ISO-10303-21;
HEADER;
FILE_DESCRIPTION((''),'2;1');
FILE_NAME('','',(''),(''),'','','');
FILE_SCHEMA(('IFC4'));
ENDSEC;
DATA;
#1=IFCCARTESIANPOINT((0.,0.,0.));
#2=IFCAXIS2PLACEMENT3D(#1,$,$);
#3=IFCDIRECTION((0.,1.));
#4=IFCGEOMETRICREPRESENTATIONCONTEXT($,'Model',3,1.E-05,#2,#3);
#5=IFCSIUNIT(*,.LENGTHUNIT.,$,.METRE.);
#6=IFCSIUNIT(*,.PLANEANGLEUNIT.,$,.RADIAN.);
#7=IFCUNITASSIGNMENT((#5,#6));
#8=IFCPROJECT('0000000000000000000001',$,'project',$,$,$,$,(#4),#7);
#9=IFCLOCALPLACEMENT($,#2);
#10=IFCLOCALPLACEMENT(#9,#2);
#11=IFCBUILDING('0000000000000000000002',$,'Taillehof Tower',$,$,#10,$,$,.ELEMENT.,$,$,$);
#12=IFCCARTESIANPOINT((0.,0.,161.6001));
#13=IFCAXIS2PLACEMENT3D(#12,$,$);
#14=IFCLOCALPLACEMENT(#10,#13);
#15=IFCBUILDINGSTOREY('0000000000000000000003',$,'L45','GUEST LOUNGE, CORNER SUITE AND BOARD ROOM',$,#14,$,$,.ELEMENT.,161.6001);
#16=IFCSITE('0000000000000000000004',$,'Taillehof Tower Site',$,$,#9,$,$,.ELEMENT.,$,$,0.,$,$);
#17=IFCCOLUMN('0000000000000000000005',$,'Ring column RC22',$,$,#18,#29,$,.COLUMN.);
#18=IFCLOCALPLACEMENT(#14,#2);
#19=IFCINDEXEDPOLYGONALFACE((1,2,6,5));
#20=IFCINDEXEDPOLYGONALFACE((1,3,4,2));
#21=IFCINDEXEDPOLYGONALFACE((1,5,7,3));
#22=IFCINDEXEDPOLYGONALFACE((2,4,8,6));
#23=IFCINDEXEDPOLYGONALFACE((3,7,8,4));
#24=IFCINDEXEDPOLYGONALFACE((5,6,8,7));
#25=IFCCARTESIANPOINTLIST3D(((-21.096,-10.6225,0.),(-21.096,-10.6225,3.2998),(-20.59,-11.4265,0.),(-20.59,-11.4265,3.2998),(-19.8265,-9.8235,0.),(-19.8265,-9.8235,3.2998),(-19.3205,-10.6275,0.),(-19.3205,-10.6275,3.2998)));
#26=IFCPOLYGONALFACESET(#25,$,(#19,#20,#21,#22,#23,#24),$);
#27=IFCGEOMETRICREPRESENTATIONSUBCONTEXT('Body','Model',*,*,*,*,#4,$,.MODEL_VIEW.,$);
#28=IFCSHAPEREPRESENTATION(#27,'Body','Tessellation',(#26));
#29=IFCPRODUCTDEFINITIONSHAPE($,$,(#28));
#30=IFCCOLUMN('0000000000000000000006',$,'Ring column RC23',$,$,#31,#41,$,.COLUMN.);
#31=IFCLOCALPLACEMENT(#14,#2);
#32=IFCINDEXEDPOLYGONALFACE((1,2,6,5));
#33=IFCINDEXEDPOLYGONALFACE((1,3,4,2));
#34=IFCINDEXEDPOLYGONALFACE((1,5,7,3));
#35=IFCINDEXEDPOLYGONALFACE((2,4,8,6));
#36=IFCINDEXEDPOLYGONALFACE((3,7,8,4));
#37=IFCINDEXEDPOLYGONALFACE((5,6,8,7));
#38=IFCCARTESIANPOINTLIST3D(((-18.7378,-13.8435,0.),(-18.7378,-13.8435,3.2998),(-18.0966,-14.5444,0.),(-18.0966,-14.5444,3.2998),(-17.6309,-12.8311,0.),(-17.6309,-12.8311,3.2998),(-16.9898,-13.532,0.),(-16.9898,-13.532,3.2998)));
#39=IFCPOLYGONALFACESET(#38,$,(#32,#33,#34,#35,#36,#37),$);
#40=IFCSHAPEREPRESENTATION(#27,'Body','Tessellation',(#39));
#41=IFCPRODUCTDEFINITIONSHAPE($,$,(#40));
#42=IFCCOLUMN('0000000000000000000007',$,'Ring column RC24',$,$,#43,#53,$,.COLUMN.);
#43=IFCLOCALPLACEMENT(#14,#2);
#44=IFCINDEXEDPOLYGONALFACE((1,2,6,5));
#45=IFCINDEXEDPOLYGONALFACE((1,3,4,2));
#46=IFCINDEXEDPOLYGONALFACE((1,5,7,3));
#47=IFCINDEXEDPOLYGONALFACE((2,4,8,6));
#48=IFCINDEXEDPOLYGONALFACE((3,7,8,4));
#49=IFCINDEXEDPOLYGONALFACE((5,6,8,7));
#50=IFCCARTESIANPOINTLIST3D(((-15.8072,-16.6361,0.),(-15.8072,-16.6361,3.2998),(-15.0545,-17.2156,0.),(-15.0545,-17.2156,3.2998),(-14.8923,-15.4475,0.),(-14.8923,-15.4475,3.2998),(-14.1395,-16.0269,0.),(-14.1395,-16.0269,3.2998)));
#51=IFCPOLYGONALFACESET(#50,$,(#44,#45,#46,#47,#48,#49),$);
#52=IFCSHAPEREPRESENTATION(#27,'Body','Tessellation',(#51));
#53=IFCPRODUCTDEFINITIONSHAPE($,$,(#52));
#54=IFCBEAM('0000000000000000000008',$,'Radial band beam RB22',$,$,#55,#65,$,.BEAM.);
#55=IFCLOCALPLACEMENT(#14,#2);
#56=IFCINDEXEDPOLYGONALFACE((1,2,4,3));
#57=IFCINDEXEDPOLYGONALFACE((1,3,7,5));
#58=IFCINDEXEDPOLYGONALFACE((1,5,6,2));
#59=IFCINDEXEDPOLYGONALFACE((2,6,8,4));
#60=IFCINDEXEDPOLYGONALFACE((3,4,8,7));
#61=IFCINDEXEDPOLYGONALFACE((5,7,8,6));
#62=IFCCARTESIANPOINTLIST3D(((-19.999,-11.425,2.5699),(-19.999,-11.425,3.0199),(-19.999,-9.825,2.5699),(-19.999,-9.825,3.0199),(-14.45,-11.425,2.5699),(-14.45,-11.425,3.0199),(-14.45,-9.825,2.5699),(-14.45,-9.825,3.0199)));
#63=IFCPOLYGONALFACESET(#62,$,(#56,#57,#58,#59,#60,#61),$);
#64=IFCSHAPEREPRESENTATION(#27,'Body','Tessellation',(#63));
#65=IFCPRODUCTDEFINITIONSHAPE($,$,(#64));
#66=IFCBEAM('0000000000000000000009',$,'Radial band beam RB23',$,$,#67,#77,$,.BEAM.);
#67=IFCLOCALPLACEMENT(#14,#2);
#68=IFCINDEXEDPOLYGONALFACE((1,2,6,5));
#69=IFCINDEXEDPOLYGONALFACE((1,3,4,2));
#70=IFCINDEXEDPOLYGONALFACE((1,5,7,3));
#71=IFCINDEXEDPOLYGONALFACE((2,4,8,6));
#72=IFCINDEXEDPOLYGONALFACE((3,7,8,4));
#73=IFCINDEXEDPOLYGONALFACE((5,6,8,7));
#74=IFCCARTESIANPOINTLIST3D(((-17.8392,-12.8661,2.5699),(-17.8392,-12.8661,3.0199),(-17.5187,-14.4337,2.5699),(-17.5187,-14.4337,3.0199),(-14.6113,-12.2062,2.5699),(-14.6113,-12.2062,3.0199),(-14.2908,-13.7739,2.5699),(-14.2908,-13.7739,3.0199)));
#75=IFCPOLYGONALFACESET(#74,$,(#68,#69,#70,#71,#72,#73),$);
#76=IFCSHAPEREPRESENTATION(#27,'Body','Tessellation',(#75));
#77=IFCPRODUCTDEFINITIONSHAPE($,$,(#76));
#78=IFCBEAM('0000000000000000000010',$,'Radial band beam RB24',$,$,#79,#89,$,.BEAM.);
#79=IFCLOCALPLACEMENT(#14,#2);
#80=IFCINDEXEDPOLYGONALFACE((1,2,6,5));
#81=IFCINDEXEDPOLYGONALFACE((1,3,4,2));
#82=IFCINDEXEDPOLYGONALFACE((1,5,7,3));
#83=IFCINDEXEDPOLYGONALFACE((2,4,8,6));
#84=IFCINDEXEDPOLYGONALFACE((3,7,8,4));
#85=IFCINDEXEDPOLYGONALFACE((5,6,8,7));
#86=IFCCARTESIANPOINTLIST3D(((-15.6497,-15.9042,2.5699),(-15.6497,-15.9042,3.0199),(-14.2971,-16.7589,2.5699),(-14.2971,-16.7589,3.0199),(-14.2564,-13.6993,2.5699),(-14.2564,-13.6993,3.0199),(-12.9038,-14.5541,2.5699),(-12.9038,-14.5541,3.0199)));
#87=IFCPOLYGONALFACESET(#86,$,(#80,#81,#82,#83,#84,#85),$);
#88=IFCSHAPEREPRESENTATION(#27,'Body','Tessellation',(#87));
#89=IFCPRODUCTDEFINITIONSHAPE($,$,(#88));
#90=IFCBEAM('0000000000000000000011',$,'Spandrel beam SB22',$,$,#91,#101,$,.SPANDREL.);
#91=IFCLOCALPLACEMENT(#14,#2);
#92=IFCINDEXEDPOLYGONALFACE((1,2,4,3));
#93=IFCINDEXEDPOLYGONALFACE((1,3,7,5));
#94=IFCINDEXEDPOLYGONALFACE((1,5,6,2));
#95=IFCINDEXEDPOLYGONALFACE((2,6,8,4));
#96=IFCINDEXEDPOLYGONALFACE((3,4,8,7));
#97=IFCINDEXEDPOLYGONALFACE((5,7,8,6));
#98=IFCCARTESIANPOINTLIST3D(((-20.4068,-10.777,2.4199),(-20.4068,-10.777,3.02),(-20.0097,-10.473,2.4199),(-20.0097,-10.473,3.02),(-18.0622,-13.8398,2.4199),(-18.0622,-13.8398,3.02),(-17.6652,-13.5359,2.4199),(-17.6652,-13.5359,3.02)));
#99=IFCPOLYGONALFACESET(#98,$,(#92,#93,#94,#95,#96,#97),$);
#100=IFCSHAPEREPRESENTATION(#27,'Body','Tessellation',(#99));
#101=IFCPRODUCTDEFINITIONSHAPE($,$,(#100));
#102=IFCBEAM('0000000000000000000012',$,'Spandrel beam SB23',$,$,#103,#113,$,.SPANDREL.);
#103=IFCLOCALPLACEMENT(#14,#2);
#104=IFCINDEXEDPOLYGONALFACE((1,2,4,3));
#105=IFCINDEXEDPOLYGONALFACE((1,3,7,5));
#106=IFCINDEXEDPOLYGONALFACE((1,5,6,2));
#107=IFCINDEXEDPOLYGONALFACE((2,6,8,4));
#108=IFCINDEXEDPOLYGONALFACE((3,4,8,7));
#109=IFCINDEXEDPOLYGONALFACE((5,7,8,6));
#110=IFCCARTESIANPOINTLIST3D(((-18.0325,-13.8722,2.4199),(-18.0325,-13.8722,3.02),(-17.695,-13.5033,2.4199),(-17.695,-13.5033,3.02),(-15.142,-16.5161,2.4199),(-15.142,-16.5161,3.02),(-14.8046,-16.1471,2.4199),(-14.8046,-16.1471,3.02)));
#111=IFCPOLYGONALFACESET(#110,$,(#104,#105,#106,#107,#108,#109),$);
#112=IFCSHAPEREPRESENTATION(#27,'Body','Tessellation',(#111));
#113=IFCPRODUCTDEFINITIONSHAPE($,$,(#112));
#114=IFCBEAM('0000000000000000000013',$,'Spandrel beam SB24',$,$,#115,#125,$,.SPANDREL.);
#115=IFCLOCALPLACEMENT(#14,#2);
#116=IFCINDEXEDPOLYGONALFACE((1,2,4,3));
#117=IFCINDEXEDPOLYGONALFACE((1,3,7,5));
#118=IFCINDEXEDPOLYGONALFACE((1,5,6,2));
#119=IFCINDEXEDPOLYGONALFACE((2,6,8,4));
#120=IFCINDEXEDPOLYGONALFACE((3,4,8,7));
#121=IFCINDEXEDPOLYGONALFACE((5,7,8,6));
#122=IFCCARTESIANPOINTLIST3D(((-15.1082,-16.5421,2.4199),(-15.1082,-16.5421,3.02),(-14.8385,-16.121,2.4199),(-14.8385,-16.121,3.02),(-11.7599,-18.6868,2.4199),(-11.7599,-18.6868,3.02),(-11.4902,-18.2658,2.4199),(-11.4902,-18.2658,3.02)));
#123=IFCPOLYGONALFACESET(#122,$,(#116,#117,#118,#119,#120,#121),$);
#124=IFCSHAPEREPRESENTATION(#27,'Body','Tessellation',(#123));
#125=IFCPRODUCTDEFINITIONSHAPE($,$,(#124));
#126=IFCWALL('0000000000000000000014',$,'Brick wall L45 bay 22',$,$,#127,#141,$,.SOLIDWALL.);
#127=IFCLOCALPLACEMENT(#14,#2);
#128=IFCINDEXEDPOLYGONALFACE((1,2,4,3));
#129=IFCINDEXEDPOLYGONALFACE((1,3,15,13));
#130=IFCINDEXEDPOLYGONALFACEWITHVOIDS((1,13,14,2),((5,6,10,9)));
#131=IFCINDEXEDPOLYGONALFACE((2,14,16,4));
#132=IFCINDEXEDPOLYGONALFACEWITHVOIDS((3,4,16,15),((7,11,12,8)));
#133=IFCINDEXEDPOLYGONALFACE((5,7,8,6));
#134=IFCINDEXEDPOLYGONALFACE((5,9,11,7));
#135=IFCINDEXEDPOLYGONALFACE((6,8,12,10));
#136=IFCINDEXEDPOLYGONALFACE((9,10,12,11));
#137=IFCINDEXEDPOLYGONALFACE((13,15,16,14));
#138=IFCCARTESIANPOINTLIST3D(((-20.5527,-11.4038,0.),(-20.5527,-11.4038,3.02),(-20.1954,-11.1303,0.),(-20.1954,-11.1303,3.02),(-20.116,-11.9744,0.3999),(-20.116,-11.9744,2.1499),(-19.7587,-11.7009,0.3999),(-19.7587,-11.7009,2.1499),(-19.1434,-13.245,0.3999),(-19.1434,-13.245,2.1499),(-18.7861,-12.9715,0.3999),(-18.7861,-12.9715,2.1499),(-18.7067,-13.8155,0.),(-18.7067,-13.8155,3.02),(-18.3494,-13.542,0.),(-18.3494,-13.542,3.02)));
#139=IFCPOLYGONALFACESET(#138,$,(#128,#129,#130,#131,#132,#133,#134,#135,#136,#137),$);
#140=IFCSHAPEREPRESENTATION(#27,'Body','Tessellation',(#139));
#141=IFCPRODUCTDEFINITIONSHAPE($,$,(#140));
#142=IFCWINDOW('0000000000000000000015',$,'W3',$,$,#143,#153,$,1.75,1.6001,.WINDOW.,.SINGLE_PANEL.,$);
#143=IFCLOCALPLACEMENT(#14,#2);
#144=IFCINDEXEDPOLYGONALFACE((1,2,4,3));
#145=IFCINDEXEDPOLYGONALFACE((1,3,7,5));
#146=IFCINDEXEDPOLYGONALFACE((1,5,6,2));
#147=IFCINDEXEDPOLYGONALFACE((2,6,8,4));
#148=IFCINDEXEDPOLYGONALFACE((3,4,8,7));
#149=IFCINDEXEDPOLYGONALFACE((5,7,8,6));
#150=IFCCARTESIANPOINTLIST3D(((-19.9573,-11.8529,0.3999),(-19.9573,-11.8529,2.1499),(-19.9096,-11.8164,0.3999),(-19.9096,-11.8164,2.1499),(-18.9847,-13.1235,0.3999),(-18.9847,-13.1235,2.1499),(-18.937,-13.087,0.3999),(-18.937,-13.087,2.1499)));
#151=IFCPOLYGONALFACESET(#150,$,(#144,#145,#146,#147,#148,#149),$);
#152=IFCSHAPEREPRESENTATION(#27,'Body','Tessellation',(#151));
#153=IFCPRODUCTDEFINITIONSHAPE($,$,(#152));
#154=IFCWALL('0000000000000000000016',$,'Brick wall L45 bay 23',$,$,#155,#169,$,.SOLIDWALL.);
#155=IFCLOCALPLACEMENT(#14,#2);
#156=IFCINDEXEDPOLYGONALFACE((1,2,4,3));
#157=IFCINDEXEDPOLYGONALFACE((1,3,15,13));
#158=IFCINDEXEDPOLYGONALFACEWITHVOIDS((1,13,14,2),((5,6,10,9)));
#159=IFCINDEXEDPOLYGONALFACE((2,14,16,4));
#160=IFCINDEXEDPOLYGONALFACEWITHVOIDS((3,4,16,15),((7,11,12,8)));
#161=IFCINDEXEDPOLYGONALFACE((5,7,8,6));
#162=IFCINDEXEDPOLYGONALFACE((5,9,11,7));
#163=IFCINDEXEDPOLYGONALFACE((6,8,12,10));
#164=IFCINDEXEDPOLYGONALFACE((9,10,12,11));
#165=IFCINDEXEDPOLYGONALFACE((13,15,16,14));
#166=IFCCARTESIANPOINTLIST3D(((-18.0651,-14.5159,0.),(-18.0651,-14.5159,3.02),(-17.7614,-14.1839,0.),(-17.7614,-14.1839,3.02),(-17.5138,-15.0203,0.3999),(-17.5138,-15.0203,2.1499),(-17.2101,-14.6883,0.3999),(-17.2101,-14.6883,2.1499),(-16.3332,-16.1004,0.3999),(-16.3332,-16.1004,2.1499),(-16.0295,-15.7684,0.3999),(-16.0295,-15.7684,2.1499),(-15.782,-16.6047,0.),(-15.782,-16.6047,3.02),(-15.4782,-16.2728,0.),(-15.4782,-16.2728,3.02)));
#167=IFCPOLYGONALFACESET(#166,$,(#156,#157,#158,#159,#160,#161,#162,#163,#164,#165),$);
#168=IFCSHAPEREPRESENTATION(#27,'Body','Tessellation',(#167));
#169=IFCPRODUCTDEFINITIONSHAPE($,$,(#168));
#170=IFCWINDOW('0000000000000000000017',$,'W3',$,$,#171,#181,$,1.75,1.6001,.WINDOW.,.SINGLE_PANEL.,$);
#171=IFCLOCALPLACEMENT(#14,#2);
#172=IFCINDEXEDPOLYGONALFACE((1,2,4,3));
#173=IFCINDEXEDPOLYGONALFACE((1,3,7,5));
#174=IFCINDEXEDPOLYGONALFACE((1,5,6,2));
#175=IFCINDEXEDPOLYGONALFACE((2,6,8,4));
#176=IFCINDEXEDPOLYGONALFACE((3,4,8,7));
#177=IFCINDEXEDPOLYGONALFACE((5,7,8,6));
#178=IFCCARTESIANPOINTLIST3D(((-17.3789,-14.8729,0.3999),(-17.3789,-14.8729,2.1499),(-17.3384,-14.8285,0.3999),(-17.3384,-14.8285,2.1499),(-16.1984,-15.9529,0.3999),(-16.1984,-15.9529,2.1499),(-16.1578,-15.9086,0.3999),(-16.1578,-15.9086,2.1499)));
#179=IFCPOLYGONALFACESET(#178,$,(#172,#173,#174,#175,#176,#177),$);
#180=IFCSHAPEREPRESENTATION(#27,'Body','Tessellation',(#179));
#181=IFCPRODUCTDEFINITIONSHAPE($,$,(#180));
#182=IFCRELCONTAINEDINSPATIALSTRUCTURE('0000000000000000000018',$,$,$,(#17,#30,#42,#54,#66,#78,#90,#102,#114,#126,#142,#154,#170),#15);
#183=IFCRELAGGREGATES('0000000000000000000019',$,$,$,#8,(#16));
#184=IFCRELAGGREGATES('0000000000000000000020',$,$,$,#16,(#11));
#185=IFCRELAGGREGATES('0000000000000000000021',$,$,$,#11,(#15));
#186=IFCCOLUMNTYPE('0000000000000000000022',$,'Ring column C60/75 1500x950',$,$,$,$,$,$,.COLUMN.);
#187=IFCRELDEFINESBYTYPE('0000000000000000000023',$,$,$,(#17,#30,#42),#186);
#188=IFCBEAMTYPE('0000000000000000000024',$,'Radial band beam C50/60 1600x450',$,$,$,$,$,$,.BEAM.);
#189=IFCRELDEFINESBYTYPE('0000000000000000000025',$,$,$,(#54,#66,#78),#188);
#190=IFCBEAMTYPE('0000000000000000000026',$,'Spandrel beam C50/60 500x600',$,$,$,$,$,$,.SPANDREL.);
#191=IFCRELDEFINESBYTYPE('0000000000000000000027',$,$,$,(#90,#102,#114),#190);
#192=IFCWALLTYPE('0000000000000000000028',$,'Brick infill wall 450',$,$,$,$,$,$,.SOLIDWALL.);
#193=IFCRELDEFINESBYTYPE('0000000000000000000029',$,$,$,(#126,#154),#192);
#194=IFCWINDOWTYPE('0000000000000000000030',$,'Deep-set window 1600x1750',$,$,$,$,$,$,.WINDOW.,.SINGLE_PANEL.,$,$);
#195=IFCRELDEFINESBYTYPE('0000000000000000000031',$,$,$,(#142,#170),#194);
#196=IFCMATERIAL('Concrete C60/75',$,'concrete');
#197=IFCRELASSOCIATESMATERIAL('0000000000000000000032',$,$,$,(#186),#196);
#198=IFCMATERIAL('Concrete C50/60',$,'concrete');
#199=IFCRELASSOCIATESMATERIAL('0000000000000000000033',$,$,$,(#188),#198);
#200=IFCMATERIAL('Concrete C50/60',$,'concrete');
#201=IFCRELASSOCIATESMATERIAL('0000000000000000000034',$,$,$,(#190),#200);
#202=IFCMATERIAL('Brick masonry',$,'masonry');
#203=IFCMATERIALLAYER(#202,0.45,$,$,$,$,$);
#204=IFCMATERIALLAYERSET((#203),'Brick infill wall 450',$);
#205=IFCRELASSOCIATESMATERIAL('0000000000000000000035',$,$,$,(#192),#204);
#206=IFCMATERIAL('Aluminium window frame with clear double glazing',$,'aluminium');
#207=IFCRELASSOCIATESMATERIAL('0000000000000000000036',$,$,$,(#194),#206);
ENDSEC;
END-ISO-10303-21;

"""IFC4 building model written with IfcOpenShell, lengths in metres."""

from ifc_helpers import new_model, si_unit, direction, frame, frame_2d, origin, origin_2d, place, context, subcontext, project, spatial, rectangle, extrude, material, layer, layer_set, material_profile, profile_set, type_object, element, fill, save


model = new_model("IFC4")

# Units and contexts
model_context = context("Model", 3, precision=1e-05, world=origin(), true_north=direction((0.0, 1.0)))
body_context = subcontext(model_context, "Body", "Model", "MODEL_VIEW")
ifc_project = project(units=[si_unit("LENGTHUNIT", "METRE"), si_unit("PLANEANGLEUNIT", "RADIAN")], contexts=[model_context])

# Site, building, storey
site_placement = place(None, origin())
site = spatial("IfcSite", under=ifc_project, at=site_placement, Name="Taillehof Tower Site", CompositionType="ELEMENT", RefElevation=0.0)
building_placement = place(site_placement, origin())
building = spatial("IfcBuilding", under=site, at=building_placement, Name="Taillehof Tower", CompositionType="ELEMENT")
storey_placement = place(building_placement, frame((0.0, 0.0, 161.6001)))
storey = spatial("IfcBuildingStorey", under=building, at=storey_placement, Name="L45", Description="GUEST LOUNGE, CORNER SUITE AND BOARD ROOM", CompositionType="ELEMENT", Elevation=161.6001)

# Columns
ifc_material_1 = material(Name="Concrete C60/75", Category="concrete")
ifc_material_profile_1 = material_profile(ifc_material_1, rectangle(XDim=1.5, YDim=0.95, at=origin_2d()), Name="RC 1500x950")
ifc_profile_set_1 = profile_set([ifc_material_profile_1], Name="Concrete C60/75")
column_type = type_object("IfcColumnType", Name="Ring column C60/75 1500x950", PredefinedType="COLUMN", material=ifc_profile_set_1)
for number, where, z_axis, x_axis, name in (
    (1, (-20.2083, -10.625, 0.0), (0.0, 0.0, 1.0), (-0.846334, -0.532652, 0.0), "Ring column RC22"),
    (2, (-17.8638, -13.6877, 0.0), (0.0, 0.0, 1.0), (-0.737879, -0.674933, 0.0), "Ring column RC23"),
    (3, (-14.9734, -16.3315, 0.0), (0.0, 0.0, 1.0), (-0.609971, -0.792424, 0.0), "Ring column RC24"),
):
    element("IfcColumn", number, at=place(storey_placement, frame(where, z_axis=z_axis, x_axis=x_axis)), inside=storey, type_object=column_type, Name=name, PredefinedType="COLUMN", context=body_context, shape_type="SweptSolid", body=[
        extrude(rectangle(XDim=1.5, YDim=0.95, at=origin_2d()), origin(), (0.0, 0.0, 1.0), 3.2998),
    ])

# Beams
ifc_material_2 = material(Name="Concrete C50/60", Category="concrete")
ifc_material_profile_2 = material_profile(ifc_material_2, rectangle(XDim=1.6001, YDim=0.45, at=origin_2d()), Name="RC 1600x450")
ifc_profile_set_2 = profile_set([ifc_material_profile_2], Name="Concrete C50/60")
beam_type_1 = type_object("IfcBeamType", Name="Radial band beam C50/60 1600x450", PredefinedType="BEAM", material=ifc_profile_set_2)
beam_1_placement = place(storey_placement, frame((-19.999, -10.625, 2.7949), z_axis=(1.0, 0.0, 0.0), x_axis=(0.0, 1.0, 0.0)))
element("IfcBeam", 4, at=beam_1_placement, inside=storey, type_object=beam_type_1, Name="Radial band beam RB22", PredefinedType="BEAM", context=body_context, shape_type="SweptSolid", body=[
    extrude(rectangle(XDim=1.6001, YDim=0.45, at=origin_2d()), origin(), (0.0, 0.0, 1.0), 5.5491),
])
beam_2_placement = place(storey_placement, frame((-17.679, -13.6499, 2.7949), z_axis=(0.979737, 0.20029, 0.0), x_axis=(-0.20029, 0.979737, 0.0)))
element("IfcBeam", 5, at=beam_2_placement, inside=storey, type_object=beam_type_1, Name="Radial band beam RB23", PredefinedType="BEAM", context=body_context, shape_type="SweptSolid", body=[
    extrude(rectangle(XDim=1.6001, YDim=0.45, at=origin_2d()), origin(), (0.0, 0.0, 1.0), 3.2947),
])
beam_3_placement = place(storey_placement, frame((-14.9734, -16.3315, 2.7949), z_axis=(0.534208, 0.845353, 0.0), x_axis=(-0.845353, 0.534208, 0.0)))
element("IfcBeam", 6, at=beam_3_placement, inside=storey, type_object=beam_type_1, Name="Radial band beam RB24", PredefinedType="BEAM", context=body_context, shape_type="SweptSolid", body=[
    extrude(rectangle(XDim=1.6001, YDim=0.45, at=origin_2d()), origin(), (0.0, 0.0, 1.0), 2.6082),
])
ifc_material_3 = material(Name="Concrete C50/60", Category="concrete")
ifc_material_profile_3 = material_profile(ifc_material_3, rectangle(XDim=0.5, YDim=0.6001, at=origin_2d()), Name="RC 500x600")
ifc_profile_set_3 = profile_set([ifc_material_profile_3], Name="Concrete C50/60")
beam_type_2 = type_object("IfcBeamType", Name="Spandrel beam C50/60 500x600", PredefinedType="SPANDREL", material=ifc_profile_set_3)
beam_4_placement = place(storey_placement, frame((-20.2083, -10.625, 2.72), z_axis=(0.60784, -0.794059, 0.0), x_axis=(0.794059, 0.60784, 0.0)))
element("IfcBeam", 7, at=beam_4_placement, inside=storey, type_object=beam_type_2, Name="Spandrel beam SB22", PredefinedType="SPANDREL", context=body_context, shape_type="SweptSolid", body=[
    extrude(rectangle(XDim=0.5, YDim=0.6001, at=origin_2d()), origin(), (0.0, 0.0, 1.0), 3.8572),
])
beam_5_placement = place(storey_placement, frame((-17.8638, -13.6877, 2.72), z_axis=(0.737881, -0.674931, 0.0), x_axis=(0.674931, 0.737881, 0.0)))
element("IfcBeam", 8, at=beam_5_placement, inside=storey, type_object=beam_type_2, Name="Spandrel beam SB23", PredefinedType="SPANDREL", context=body_context, shape_type="SweptSolid", body=[
    extrude(rectangle(XDim=0.5, YDim=0.6001, at=origin_2d()), origin(), (0.0, 0.0, 1.0), 3.9172),
])
beam_6_placement = place(storey_placement, frame((-14.9734, -16.3315, 2.72), z_axis=(0.842065, -0.539376, 0.0), x_axis=(0.539376, 0.842065, 0.0)))
element("IfcBeam", 9, at=beam_6_placement, inside=storey, type_object=beam_type_2, Name="Spandrel beam SB24", PredefinedType="SPANDREL", context=body_context, shape_type="SweptSolid", body=[
    extrude(rectangle(XDim=0.5, YDim=0.6001, at=origin_2d()), origin(), (0.0, 0.0, 1.0), 3.9763),
])

# Walls, openings, windows
ifc_material_4 = material(Name="Brick masonry", Category="masonry")
ifc_layer_1 = layer(ifc_material_4, 0.45)
ifc_layer_set_1 = layer_set([ifc_layer_1], Name="Brick infill wall 450")
wall_type_1 = type_object("IfcWallType", Name="Brick infill wall 450", PredefinedType="SOLIDWALL", material=ifc_layer_set_1)
wall_1_placement = place(storey_placement, frame((-20.374, -11.2671, 0.0), z_axis=(0.0, 0.0, 1.0), x_axis=(0.607817, -0.794077, 0.0)))
wall_1 = element("IfcWall", 10, at=wall_1_placement, inside=storey, type_object=wall_type_1, Name="Brick wall L45 bay 22", PredefinedType="SOLIDWALL", context=body_context, shape_type="SweptSolid", body=[
    extrude(rectangle(XDim=3.0371, YDim=0.45, at=frame_2d((1.5186, 0.0))), origin(), (0.0, 0.0, 1.0), 3.02),
])
opening_1_placement = place(wall_1_placement, frame((0.7185, 0.0, 0.3999)))
opening_1 = element("IfcOpeningElement", 11, at=opening_1_placement, cuts=wall_1, PredefinedType="OPENING", context=body_context, shape_type="SweptSolid", body=[
    extrude(rectangle(XDim=1.6001, YDim=1.75, at=frame_2d((0.8, 0.875))), frame((0.0, 0.2349, 0.0), z_axis=(0.0, -1.0, 0.0), x_axis=(1.0, 0.0, 0.0)), (0.0, 0.0, 1.0), 0.47),
])
ifc_material_5 = material(Name="Aluminium window frame with clear double glazing", Category="aluminium")
window_type = type_object("IfcWindowType", Name="Deep-set window 1600x1750", PartitioningType="SINGLE_PANEL", PredefinedType="WINDOW", material=ifc_material_5)
window_1_placement = place(opening_1_placement, origin())
window_1 = element("IfcWindow", 12, at=window_1_placement, inside=storey, type_object=window_type, Name="W3", OverallHeight=1.75, OverallWidth=1.6001, PartitioningType="SINGLE_PANEL", PredefinedType="WINDOW", context=body_context, shape_type="SweptSolid", body=[
    extrude(rectangle(XDim=1.6001, YDim=1.75, at=frame_2d((0.8, 0.875))), frame((0.0, 0.0349, 0.0), z_axis=(0.0, -1.0, 0.0), x_axis=(1.0, 0.0, 0.0)), (0.0, 0.0, 1.0), 0.0601),
])
fill(opening_1, window_1)
wall_2_placement = place(storey_placement, frame((-17.9133, -14.3499, 0.0), z_axis=(0.0, 0.0, 1.0), x_axis=(0.737809, -0.67501, 0.0)))
wall_2 = element("IfcWall", 13, at=wall_2_placement, inside=storey, type_object=wall_type_1, Name="Brick wall L45 bay 23", PredefinedType="SOLIDWALL", context=body_context, shape_type="SweptSolid", body=[
    extrude(rectangle(XDim=3.0945, YDim=0.45, at=frame_2d((1.5474, 0.0))), origin(), (0.0, 0.0, 1.0), 3.02),
])
opening_2_placement = place(wall_2_placement, frame((0.7473, 0.0, 0.3999)))
opening_2 = element("IfcOpeningElement", 14, at=opening_2_placement, cuts=wall_2, PredefinedType="OPENING", context=body_context, shape_type="SweptSolid", body=[
    extrude(rectangle(XDim=1.6001, YDim=1.75, at=frame_2d((0.8, 0.875))), frame((0.0, 0.2349, 0.0), z_axis=(0.0, -1.0, 0.0), x_axis=(1.0, 0.0, 0.0)), (0.0, 0.0, 1.0), 0.47),
])
window_2_placement = place(opening_2_placement, origin())
window_2 = element("IfcWindow", 15, at=window_2_placement, inside=storey, type_object=window_type, Name="W3", OverallHeight=1.75, OverallWidth=1.6001, PartitioningType="SINGLE_PANEL", PredefinedType="WINDOW", context=body_context, shape_type="SweptSolid", body=[
    extrude(rectangle(XDim=1.6001, YDim=1.75, at=frame_2d((0.8, 0.875))), frame((0.0, 0.0349, 0.0), z_axis=(0.0, -1.0, 0.0), x_axis=(1.0, 0.0, 0.0)), (0.0, 0.0, 1.0), 0.0601),
])
fill(opening_2, window_2)

save(model, "model.ifc")
